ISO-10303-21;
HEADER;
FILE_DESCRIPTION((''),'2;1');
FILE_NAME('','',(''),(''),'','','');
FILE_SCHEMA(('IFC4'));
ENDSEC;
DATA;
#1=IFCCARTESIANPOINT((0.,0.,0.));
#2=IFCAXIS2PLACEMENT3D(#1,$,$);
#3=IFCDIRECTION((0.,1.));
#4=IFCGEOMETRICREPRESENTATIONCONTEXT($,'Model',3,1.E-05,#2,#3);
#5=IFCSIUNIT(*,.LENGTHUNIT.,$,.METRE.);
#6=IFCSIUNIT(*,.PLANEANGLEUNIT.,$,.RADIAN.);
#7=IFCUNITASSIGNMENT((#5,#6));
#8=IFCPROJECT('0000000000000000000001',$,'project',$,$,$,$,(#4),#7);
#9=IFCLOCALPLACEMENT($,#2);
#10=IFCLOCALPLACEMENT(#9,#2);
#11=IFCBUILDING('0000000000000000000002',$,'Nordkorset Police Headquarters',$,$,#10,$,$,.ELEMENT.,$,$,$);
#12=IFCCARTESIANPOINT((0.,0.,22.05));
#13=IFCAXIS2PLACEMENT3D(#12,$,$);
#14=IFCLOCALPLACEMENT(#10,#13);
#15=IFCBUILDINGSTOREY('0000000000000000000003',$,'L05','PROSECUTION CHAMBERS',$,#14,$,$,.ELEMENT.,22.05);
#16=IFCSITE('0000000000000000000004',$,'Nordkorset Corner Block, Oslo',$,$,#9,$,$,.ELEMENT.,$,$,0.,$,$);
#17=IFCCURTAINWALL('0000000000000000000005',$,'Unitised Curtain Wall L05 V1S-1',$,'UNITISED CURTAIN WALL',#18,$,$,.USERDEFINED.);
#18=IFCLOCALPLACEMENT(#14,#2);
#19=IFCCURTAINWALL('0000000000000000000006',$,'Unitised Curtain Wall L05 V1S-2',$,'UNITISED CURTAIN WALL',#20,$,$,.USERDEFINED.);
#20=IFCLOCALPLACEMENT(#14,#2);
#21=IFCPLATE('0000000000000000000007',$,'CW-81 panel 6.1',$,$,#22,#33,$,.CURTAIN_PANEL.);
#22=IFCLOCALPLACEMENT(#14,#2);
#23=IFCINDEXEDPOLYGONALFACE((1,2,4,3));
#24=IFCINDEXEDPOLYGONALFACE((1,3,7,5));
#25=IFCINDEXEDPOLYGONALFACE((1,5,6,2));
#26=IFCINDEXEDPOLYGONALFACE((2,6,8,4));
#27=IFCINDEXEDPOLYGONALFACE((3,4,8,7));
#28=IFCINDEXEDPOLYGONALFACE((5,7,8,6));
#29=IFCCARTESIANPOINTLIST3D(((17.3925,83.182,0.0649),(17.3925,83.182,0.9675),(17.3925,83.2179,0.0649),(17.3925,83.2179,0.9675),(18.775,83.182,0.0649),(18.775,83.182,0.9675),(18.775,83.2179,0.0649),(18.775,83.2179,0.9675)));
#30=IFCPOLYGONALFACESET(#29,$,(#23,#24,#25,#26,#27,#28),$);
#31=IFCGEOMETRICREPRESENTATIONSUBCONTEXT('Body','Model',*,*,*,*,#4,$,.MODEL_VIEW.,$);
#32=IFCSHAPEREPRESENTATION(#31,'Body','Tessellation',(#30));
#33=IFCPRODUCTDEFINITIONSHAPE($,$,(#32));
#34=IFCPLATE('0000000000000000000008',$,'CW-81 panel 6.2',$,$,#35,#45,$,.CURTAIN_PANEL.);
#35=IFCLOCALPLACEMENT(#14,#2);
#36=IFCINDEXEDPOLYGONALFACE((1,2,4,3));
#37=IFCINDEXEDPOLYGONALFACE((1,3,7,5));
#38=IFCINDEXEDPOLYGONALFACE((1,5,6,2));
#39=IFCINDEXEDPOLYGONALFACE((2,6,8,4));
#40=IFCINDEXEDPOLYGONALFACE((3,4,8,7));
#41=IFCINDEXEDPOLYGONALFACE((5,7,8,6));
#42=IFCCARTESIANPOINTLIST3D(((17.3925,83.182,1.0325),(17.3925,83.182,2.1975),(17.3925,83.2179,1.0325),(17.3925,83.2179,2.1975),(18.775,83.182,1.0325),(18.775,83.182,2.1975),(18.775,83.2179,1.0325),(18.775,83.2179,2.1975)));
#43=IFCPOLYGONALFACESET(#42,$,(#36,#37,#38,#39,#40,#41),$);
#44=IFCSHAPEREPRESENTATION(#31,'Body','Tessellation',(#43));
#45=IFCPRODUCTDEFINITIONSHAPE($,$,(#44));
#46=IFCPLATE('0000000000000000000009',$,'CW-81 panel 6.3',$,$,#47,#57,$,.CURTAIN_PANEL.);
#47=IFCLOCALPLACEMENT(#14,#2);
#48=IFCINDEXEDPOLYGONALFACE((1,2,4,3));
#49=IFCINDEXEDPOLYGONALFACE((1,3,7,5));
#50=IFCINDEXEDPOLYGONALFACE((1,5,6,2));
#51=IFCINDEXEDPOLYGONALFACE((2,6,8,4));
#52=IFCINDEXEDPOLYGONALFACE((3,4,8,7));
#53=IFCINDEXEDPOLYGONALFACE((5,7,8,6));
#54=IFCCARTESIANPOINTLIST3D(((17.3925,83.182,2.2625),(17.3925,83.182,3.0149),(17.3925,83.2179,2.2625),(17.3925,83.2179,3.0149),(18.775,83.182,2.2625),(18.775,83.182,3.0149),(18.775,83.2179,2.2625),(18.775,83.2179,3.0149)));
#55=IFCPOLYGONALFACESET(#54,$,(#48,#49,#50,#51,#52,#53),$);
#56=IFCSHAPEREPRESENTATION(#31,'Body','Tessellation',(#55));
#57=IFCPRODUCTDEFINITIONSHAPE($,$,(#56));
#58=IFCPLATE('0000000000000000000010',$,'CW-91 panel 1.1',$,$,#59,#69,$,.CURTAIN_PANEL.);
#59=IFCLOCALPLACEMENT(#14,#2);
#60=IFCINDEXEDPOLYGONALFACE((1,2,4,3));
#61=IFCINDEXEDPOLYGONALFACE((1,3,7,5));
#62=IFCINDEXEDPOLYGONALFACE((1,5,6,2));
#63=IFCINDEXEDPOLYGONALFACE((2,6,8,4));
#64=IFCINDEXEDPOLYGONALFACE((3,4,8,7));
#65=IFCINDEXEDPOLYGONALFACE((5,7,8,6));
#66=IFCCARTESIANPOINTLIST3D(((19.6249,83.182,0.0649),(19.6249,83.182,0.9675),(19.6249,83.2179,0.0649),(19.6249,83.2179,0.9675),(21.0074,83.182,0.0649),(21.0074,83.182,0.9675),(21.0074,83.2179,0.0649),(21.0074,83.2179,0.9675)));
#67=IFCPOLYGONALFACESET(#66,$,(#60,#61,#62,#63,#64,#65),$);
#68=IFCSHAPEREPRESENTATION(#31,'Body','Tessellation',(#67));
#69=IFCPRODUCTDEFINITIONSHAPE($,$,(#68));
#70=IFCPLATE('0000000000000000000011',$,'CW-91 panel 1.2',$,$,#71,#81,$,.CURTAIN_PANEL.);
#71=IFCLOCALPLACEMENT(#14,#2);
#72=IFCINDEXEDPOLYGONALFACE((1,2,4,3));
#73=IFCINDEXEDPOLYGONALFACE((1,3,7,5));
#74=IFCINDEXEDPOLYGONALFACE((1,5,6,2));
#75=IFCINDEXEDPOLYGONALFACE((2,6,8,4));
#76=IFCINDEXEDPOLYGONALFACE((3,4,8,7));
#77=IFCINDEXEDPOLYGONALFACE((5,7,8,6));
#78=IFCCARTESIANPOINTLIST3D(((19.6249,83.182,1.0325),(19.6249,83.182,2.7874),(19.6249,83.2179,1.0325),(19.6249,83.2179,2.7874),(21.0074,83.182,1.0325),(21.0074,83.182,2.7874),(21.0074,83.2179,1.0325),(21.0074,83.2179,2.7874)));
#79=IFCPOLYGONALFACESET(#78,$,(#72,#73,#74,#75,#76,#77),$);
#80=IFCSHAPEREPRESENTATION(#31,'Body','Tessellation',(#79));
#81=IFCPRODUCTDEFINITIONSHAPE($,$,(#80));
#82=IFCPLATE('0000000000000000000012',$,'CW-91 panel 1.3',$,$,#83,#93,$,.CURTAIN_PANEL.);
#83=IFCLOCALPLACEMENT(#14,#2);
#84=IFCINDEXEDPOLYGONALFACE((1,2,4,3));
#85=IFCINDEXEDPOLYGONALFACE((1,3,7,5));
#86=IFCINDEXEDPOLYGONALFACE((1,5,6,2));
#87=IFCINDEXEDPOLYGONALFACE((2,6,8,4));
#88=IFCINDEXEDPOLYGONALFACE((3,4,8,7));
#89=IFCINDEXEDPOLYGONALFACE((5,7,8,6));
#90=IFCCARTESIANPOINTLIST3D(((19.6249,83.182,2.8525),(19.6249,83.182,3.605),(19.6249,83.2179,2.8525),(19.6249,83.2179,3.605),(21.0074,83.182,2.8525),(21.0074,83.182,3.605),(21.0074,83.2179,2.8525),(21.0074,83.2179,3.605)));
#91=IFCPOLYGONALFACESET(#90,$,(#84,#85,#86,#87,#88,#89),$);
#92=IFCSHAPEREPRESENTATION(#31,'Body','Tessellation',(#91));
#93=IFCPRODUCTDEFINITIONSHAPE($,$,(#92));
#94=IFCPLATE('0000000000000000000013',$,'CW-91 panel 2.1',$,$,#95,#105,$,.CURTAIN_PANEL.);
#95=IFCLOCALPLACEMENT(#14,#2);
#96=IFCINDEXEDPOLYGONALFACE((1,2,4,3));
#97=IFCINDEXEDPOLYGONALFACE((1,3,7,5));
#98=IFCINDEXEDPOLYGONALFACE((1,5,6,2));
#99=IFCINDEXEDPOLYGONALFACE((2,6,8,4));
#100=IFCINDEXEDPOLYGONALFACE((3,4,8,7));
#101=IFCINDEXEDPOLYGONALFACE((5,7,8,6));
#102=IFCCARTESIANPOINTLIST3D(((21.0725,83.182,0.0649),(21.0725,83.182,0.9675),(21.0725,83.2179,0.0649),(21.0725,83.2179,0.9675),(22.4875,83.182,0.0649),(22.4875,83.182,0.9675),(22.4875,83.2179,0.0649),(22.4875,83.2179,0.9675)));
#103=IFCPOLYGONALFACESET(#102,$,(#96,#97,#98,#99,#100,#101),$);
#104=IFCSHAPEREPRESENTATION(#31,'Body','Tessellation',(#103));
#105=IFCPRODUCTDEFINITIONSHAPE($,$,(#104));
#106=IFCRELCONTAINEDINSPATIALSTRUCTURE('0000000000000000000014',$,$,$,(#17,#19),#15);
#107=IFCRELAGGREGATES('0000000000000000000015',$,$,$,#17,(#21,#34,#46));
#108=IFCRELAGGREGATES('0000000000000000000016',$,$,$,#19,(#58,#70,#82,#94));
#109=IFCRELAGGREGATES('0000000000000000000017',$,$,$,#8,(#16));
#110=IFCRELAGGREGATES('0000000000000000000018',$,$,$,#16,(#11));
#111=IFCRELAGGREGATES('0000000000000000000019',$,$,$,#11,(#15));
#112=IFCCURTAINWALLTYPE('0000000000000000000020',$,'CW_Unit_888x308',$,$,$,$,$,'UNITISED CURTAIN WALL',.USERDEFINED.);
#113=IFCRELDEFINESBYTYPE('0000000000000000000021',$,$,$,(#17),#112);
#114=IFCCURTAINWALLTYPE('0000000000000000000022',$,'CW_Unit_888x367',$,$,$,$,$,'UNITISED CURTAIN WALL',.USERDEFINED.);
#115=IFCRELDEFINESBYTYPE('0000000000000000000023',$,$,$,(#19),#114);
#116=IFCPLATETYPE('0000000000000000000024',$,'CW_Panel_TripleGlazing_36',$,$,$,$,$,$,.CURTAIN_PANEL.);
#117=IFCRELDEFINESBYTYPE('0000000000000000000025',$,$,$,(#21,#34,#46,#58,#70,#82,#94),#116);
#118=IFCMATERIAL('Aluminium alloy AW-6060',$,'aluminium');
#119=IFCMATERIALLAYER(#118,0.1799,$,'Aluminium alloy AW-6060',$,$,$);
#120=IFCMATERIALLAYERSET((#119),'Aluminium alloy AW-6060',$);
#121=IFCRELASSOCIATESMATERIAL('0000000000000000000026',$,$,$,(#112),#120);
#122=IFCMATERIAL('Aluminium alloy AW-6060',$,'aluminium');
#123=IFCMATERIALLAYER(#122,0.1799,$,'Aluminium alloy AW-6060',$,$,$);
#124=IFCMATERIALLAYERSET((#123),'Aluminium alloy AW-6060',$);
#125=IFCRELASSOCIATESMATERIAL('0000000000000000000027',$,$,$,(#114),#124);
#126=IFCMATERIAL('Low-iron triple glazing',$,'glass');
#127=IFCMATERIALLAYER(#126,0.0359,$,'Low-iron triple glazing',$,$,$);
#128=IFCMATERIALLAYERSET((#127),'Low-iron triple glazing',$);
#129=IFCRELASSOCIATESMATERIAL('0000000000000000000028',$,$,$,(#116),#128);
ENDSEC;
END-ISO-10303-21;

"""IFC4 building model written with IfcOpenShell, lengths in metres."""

from ifc_helpers import new_model, si_unit, direction, frame, origin, origin_2d, place, context, subcontext, project, spatial, rectangle, extrude, material, layer, layer_set, type_object, element, aggregate, save


model = new_model("IFC4")

# Units and contexts
model_context = context("Model", 3, precision=1e-05, world=origin(), true_north=direction((0.0, 1.0)))
body_context = subcontext(model_context, "Body", "Model", "MODEL_VIEW")
ifc_project = project(units=[si_unit("LENGTHUNIT", "METRE"), si_unit("PLANEANGLEUNIT", "RADIAN")], contexts=[model_context])

# Site, building, storey
site_placement = place(None, origin())
site = spatial("IfcSite", under=ifc_project, at=site_placement, Name="Nordkorset Corner Block, Oslo", CompositionType="ELEMENT", RefElevation=0.0)
building_placement = place(site_placement, origin())
building = spatial("IfcBuilding", under=site, at=building_placement, Name="Nordkorset Police Headquarters", CompositionType="ELEMENT")
storey_placement = place(building_placement, frame((0.0, 0.0, 22.05)))
storey = spatial("IfcBuildingStorey", under=building, at=storey_placement, Name="L05", Description="PROSECUTION CHAMBERS", CompositionType="ELEMENT", Elevation=22.05)

# Curtain walls
ifc_material_1 = material(Name="Aluminium alloy AW-6060", Category="aluminium")
ifc_layer_1 = layer(ifc_material_1, 0.1799, Name="Aluminium alloy AW-6060")
ifc_layer_set_1 = layer_set([ifc_layer_1], Name="Aluminium alloy AW-6060")
curtain_wall_type_1 = type_object("IfcCurtainWallType", Name="CW_Unit_888x308", ElementType="UNITISED CURTAIN WALL", PredefinedType="USERDEFINED", material=ifc_layer_set_1)
curtain_wall_1_placement = place(storey_placement, origin())
curtain_wall_1 = element("IfcCurtainWall", 1, at=curtain_wall_1_placement, inside=storey, type_object=curtain_wall_type_1, Name="Unitised Curtain Wall L05 V1S-1", ObjectType="UNITISED CURTAIN WALL", PredefinedType="USERDEFINED")
ifc_material_2 = material(Name="Aluminium alloy AW-6060", Category="aluminium")
ifc_layer_2 = layer(ifc_material_2, 0.1799, Name="Aluminium alloy AW-6060")
ifc_layer_set_2 = layer_set([ifc_layer_2], Name="Aluminium alloy AW-6060")
curtain_wall_type_2 = type_object("IfcCurtainWallType", Name="CW_Unit_888x367", ElementType="UNITISED CURTAIN WALL", PredefinedType="USERDEFINED", material=ifc_layer_set_2)
curtain_wall_2_placement = place(storey_placement, origin())
curtain_wall_2 = element("IfcCurtainWall", 2, at=curtain_wall_2_placement, inside=storey, type_object=curtain_wall_type_2, Name="Unitised Curtain Wall L05 V1S-2", ObjectType="UNITISED CURTAIN WALL", PredefinedType="USERDEFINED")

# Plates
ifc_material_3 = material(Name="Low-iron triple glazing", Category="glass")
ifc_layer_3 = layer(ifc_material_3, 0.0359, Name="Low-iron triple glazing")
ifc_layer_set_3 = layer_set([ifc_layer_3], Name="Low-iron triple glazing")
plate_type = type_object("IfcPlateType", Name="CW_Panel_TripleGlazing_36", PredefinedType="CURTAIN_PANEL", material=ifc_layer_set_3)
plate_1_placement = place(storey_placement, frame((18.0837, 83.2, 0.0649), z_axis=(0.0, 0.0, 1.0), x_axis=(1.0, 0.0, 0.0)))
plate_1 = element("IfcPlate", 3, at=plate_1_placement, type_object=plate_type, Name="CW-81 panel 6.1", PredefinedType="CURTAIN_PANEL", context=body_context, shape_type="SweptSolid", body=[
    extrude(rectangle(XDim=1.3826, YDim=0.0359, at=origin_2d()), origin(), (0.0, 0.0, 1.0), 0.9026),
])
plate_2_placement = place(storey_placement, frame((18.0837, 83.2, 1.0325), z_axis=(0.0, 0.0, 1.0), x_axis=(1.0, 0.0, 0.0)))
plate_2 = element("IfcPlate", 4, at=plate_2_placement, type_object=plate_type, Name="CW-81 panel 6.2", PredefinedType="CURTAIN_PANEL", context=body_context, shape_type="SweptSolid", body=[
    extrude(rectangle(XDim=1.3826, YDim=0.0359, at=origin_2d()), origin(), (0.0, 0.0, 1.0), 1.165),
])
plate_3_placement = place(storey_placement, frame((18.0837, 83.2, 2.2625), z_axis=(0.0, 0.0, 1.0), x_axis=(1.0, 0.0, 0.0)))
plate_3 = element("IfcPlate", 5, at=plate_3_placement, type_object=plate_type, Name="CW-81 panel 6.3", PredefinedType="CURTAIN_PANEL", context=body_context, shape_type="SweptSolid", body=[
    extrude(rectangle(XDim=1.3826, YDim=0.0359, at=origin_2d()), origin(), (0.0, 0.0, 1.0), 0.7524),
])
aggregate(curtain_wall_1, [plate_1, plate_2, plate_3])
plate_4_placement = place(storey_placement, frame((20.3162, 83.2, 0.0649), z_axis=(0.0, 0.0, 1.0), x_axis=(1.0, 0.0, 0.0)))
plate_4 = element("IfcPlate", 6, at=plate_4_placement, type_object=plate_type, Name="CW-91 panel 1.1", PredefinedType="CURTAIN_PANEL", context=body_context, shape_type="SweptSolid", body=[
    extrude(rectangle(XDim=1.3826, YDim=0.0359, at=origin_2d()), origin(), (0.0, 0.0, 1.0), 0.9026),
])
plate_5_placement = place(storey_placement, frame((20.3162, 83.2, 1.0325), z_axis=(0.0, 0.0, 1.0), x_axis=(1.0, 0.0, 0.0)))
plate_5 = element("IfcPlate", 7, at=plate_5_placement, type_object=plate_type, Name="CW-91 panel 1.2", PredefinedType="CURTAIN_PANEL", context=body_context, shape_type="SweptSolid", body=[
    extrude(rectangle(XDim=1.3826, YDim=0.0359, at=origin_2d()), origin(), (0.0, 0.0, 1.0), 1.7549),
])
plate_6_placement = place(storey_placement, frame((20.3162, 83.2, 2.8525), z_axis=(0.0, 0.0, 1.0), x_axis=(1.0, 0.0, 0.0)))
plate_6 = element("IfcPlate", 8, at=plate_6_placement, type_object=plate_type, Name="CW-91 panel 1.3", PredefinedType="CURTAIN_PANEL", context=body_context, shape_type="SweptSolid", body=[
    extrude(rectangle(XDim=1.3826, YDim=0.0359, at=origin_2d()), origin(), (0.0, 0.0, 1.0), 0.7524),
])
plate_7_placement = place(storey_placement, frame((21.78, 83.2, 0.0649), z_axis=(0.0, 0.0, 1.0), x_axis=(1.0, 0.0, 0.0)))
plate_7 = element("IfcPlate", 9, at=plate_7_placement, type_object=plate_type, Name="CW-91 panel 2.1", PredefinedType="CURTAIN_PANEL", context=body_context, shape_type="SweptSolid", body=[
    extrude(rectangle(XDim=1.415, YDim=0.0359, at=origin_2d()), origin(), (0.0, 0.0, 1.0), 0.9026),
])
aggregate(curtain_wall_2, [plate_4, plate_5, plate_6, plate_7])

save(model, "model.ifc")
